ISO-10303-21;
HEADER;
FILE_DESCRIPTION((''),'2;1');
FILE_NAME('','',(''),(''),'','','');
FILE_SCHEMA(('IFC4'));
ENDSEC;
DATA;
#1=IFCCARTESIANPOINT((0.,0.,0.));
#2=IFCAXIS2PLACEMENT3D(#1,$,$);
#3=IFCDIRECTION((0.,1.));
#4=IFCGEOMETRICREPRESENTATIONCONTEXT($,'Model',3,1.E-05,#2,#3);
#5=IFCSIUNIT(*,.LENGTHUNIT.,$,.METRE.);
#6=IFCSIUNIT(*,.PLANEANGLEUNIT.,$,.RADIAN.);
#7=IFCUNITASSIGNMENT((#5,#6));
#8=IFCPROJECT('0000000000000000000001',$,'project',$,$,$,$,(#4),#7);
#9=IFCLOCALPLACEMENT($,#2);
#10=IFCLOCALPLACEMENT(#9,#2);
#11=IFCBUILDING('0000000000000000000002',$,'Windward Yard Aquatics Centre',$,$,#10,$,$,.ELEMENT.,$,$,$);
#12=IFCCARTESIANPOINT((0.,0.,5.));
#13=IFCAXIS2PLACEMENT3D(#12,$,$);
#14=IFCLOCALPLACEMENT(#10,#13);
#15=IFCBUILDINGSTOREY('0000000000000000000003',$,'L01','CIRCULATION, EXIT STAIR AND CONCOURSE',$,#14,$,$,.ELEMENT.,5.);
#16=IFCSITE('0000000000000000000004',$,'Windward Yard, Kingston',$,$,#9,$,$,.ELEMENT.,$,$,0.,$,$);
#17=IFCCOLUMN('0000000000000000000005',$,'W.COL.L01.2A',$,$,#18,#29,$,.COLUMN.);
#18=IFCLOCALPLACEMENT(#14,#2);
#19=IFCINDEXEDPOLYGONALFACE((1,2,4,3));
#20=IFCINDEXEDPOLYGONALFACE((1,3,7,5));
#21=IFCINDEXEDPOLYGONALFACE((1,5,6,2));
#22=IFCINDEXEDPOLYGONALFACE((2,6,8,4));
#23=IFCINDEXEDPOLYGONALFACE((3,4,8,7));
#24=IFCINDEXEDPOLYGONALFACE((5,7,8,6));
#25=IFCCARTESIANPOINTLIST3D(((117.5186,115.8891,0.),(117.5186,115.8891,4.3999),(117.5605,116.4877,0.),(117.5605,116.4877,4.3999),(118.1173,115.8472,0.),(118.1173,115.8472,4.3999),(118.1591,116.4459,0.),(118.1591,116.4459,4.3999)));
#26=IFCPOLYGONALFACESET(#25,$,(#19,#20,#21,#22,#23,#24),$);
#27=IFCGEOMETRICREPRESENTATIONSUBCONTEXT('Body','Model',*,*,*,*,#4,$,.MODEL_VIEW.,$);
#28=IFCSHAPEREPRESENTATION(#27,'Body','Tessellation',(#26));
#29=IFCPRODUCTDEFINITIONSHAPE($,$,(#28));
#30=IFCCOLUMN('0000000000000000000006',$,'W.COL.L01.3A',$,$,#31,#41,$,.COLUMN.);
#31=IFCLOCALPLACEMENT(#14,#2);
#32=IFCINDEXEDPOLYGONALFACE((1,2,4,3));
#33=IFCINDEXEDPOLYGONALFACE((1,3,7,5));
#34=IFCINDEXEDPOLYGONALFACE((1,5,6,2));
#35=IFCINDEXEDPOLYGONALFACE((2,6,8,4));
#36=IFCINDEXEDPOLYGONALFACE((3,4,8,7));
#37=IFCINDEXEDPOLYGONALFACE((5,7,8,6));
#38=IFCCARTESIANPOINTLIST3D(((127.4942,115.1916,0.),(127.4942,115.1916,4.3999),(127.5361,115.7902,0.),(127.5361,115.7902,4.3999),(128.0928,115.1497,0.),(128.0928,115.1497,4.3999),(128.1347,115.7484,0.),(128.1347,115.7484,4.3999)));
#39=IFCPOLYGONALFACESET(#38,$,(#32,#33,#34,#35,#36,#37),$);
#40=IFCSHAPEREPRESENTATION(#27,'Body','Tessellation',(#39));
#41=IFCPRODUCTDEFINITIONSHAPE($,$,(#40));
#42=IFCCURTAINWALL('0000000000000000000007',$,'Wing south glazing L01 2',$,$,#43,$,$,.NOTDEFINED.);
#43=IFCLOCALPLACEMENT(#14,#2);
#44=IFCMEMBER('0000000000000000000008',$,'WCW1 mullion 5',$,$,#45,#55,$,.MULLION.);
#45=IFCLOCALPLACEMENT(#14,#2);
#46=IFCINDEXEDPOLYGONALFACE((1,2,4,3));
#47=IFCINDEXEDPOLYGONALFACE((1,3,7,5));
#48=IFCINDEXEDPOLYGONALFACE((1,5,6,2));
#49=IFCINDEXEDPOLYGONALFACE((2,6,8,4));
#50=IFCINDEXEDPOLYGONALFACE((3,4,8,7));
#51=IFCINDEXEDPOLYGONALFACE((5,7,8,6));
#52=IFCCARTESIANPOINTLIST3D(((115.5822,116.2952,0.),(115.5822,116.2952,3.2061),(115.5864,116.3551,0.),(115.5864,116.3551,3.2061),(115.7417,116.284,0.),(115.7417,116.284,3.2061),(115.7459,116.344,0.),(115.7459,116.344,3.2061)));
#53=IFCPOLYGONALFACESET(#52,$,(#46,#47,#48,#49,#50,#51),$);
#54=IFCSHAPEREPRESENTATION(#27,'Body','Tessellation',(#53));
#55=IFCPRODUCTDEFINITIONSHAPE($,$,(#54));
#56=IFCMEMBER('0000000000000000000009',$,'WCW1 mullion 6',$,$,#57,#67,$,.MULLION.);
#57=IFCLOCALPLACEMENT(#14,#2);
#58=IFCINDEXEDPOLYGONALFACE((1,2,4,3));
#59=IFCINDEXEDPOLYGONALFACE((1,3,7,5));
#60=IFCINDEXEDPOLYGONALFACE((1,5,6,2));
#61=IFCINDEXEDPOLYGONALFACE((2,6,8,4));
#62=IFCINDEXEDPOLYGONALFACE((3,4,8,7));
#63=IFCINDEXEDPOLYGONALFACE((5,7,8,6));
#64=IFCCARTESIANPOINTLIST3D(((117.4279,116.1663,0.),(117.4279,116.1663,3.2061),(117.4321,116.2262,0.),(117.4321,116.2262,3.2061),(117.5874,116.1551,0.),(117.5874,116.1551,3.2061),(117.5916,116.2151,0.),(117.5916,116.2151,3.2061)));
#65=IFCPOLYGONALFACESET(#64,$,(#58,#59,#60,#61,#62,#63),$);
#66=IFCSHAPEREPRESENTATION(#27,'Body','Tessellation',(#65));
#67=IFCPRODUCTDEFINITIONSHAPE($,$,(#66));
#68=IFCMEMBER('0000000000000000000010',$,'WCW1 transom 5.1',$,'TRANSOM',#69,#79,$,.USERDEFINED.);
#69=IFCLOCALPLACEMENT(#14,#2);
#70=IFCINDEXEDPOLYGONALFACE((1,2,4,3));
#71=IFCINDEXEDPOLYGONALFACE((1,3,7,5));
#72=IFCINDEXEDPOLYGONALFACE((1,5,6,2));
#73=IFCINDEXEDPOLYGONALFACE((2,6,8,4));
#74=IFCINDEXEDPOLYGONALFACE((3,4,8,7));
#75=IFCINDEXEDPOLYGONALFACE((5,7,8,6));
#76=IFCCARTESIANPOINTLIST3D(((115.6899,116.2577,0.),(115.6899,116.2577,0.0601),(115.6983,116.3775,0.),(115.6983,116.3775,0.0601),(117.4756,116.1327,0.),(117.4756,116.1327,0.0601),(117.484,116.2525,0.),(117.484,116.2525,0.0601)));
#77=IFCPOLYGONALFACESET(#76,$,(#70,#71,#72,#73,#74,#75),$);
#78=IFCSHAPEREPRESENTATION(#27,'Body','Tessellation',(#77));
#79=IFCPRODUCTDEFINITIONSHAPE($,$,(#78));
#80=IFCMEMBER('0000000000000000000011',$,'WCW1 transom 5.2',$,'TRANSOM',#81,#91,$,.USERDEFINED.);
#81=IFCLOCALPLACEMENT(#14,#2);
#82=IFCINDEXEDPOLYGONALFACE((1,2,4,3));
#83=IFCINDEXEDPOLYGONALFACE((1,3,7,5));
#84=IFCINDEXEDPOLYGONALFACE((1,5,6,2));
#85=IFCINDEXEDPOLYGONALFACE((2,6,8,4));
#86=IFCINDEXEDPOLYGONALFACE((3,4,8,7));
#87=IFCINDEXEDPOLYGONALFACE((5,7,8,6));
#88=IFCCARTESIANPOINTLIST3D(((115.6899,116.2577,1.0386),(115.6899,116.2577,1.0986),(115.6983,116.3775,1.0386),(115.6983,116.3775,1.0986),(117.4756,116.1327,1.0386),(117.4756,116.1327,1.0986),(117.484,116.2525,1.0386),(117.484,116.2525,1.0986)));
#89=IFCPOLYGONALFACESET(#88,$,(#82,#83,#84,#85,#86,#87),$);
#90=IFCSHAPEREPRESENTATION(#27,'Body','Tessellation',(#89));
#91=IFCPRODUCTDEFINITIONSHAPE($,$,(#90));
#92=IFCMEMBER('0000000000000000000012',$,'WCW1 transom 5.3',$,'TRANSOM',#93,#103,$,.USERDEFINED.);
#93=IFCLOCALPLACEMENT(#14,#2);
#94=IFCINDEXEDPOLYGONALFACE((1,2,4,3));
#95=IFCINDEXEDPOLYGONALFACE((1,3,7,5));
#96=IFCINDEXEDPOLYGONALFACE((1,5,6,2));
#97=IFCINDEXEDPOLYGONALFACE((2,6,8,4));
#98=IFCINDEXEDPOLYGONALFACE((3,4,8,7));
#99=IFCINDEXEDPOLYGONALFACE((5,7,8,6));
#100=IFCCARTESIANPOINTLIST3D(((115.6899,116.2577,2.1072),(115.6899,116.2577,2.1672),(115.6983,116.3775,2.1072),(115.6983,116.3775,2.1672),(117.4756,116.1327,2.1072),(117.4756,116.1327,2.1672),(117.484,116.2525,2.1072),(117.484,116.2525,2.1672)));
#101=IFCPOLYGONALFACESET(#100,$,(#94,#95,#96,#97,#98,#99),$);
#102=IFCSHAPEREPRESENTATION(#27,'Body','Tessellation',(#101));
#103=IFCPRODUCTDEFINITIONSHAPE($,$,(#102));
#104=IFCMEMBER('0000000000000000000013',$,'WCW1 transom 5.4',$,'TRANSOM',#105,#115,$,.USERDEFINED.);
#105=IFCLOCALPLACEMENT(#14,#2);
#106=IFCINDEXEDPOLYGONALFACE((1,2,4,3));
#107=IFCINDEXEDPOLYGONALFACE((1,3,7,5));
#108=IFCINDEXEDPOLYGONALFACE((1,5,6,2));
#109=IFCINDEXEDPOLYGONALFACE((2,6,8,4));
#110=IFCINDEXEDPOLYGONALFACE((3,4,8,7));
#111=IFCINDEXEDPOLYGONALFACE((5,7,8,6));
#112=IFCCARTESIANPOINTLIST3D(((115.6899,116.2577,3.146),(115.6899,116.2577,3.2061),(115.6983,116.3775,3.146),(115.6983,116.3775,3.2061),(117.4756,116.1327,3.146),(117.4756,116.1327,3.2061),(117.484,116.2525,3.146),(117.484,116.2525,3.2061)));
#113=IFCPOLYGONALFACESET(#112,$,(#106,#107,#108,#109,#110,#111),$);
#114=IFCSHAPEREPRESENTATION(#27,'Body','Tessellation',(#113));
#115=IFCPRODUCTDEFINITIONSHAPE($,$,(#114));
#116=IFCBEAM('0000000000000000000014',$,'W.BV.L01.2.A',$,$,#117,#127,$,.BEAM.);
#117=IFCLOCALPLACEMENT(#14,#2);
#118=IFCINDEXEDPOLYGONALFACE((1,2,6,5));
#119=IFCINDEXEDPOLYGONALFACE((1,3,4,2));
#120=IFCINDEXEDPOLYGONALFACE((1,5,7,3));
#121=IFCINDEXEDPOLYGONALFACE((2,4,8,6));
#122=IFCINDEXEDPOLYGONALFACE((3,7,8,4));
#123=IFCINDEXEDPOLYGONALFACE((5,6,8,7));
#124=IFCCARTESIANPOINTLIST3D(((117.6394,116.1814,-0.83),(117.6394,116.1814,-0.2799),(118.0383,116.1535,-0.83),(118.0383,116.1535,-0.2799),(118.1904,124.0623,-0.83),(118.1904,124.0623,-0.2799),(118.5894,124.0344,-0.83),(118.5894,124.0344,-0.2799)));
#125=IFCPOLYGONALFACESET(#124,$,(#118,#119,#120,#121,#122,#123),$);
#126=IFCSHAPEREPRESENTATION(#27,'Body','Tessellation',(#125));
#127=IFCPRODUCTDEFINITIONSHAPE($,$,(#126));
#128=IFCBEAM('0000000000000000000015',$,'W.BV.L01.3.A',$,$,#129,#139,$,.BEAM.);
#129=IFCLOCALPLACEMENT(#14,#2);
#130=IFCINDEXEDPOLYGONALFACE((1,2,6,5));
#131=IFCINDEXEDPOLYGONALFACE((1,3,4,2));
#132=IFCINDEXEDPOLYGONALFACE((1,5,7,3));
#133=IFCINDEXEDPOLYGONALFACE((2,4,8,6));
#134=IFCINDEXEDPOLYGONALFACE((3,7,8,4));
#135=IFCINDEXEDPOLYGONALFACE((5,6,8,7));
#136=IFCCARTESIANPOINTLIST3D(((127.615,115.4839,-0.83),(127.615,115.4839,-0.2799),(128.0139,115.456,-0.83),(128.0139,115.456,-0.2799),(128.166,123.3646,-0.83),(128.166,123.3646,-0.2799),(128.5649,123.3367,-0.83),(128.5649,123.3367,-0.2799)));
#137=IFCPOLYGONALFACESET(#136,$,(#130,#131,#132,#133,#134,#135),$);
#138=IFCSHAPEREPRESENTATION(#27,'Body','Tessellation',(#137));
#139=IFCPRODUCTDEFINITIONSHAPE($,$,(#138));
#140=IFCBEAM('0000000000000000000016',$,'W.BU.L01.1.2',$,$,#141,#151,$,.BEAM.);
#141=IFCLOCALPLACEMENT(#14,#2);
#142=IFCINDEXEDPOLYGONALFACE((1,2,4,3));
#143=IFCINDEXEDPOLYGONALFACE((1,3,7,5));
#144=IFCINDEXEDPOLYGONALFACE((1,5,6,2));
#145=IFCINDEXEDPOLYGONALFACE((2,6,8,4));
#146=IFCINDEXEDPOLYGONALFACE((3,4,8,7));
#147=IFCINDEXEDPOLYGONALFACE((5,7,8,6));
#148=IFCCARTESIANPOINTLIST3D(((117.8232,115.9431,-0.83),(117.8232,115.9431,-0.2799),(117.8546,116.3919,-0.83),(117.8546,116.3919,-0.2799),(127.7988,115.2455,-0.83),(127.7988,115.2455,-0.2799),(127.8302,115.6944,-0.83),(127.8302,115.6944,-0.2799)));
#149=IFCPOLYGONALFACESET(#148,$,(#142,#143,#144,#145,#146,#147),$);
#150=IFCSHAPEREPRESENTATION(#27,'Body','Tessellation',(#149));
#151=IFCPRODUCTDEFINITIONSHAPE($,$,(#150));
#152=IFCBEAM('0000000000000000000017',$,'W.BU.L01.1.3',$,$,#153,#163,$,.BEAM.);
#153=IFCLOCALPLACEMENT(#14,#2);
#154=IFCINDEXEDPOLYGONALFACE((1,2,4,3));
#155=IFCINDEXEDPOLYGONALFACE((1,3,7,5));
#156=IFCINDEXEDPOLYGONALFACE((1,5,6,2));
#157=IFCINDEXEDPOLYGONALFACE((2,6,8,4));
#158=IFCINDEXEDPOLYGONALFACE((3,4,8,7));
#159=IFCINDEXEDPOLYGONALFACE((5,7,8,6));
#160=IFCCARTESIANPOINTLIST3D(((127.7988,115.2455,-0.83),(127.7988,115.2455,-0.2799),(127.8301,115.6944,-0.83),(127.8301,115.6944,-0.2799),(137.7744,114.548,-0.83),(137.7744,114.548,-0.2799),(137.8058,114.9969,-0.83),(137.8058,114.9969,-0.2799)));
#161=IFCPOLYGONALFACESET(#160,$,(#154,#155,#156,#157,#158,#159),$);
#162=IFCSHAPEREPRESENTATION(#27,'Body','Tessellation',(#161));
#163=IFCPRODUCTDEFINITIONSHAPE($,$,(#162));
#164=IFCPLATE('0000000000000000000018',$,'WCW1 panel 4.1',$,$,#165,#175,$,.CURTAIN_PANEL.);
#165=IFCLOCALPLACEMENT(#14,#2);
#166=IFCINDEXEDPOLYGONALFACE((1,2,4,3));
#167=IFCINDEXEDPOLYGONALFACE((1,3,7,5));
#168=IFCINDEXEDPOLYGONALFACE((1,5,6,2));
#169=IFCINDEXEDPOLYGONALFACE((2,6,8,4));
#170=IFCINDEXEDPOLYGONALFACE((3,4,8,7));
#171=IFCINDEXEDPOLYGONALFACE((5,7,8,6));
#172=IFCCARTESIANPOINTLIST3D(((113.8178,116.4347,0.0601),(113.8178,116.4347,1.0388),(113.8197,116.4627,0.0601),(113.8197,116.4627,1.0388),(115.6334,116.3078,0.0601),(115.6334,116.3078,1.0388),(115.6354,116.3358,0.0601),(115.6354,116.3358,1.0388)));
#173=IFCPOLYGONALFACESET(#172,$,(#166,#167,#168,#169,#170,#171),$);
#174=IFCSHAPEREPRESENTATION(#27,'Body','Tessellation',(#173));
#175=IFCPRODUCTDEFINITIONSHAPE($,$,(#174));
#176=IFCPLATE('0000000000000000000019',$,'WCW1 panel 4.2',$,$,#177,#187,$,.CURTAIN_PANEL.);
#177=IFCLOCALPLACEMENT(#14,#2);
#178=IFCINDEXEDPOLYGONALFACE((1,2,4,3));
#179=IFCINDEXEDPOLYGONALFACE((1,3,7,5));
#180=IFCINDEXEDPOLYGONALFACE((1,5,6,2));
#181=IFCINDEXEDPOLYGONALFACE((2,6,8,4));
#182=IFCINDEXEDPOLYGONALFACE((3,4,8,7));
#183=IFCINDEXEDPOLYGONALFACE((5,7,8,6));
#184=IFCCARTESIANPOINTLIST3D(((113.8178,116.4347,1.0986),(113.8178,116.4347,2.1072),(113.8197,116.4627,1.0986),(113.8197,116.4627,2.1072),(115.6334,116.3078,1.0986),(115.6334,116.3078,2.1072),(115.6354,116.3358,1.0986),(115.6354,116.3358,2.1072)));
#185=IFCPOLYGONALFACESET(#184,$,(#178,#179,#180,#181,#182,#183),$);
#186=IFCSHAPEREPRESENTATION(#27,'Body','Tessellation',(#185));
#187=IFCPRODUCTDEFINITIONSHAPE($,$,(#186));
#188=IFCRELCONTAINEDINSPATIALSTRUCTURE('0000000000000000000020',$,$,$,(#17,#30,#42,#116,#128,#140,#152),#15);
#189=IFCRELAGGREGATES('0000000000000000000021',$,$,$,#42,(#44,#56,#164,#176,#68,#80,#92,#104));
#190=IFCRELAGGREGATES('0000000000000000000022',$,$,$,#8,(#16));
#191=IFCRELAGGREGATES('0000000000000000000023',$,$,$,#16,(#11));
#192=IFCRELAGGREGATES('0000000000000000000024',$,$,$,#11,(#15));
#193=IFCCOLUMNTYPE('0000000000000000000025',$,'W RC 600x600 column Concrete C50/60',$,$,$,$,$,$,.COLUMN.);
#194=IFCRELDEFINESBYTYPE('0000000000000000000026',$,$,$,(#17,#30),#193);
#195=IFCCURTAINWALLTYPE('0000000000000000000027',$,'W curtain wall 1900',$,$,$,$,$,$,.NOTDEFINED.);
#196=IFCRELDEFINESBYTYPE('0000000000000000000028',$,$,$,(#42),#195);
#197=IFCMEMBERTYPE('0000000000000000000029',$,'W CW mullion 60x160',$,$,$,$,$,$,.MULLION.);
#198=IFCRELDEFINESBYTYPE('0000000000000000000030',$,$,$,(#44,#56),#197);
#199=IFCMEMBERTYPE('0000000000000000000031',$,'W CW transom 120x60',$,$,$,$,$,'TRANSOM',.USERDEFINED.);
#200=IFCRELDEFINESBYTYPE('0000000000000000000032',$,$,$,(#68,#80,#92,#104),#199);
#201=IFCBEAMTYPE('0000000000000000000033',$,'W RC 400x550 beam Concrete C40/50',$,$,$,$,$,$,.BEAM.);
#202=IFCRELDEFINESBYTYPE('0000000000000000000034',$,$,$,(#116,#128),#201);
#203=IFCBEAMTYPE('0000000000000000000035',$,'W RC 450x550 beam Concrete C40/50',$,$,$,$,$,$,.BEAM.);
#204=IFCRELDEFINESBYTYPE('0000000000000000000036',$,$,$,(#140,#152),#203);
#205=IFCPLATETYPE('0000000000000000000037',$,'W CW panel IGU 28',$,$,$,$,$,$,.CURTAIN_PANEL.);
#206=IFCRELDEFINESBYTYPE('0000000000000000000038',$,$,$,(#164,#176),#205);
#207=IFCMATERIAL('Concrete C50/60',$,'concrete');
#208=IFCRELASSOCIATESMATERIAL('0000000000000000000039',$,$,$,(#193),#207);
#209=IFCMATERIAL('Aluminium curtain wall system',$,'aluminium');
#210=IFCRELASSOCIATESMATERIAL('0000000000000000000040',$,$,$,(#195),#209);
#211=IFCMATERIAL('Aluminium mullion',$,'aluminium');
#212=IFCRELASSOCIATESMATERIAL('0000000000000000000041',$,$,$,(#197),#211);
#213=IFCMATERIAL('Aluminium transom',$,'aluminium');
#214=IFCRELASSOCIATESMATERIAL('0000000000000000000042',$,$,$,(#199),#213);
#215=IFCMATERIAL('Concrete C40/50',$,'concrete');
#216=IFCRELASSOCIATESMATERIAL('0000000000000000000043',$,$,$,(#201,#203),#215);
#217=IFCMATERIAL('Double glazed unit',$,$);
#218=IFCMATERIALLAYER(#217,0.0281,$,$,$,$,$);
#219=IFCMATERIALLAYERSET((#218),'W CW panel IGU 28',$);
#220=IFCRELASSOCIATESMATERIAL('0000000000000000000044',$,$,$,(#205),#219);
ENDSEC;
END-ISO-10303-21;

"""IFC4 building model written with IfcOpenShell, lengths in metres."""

from ifc_helpers import new_model, si_unit, direction, frame, origin, origin_2d, place, context, subcontext, project, spatial, rectangle, extrude, material, layer, layer_set, material_profile, profile_set, type_object, element, aggregate, save


model = new_model("IFC4")

# Units and contexts
model_context = context("Model", 3, precision=1e-05, world=origin(), true_north=direction((0.0, 1.0)))
body_context = subcontext(model_context, "Body", "Model", "MODEL_VIEW")
ifc_project = project(units=[si_unit("LENGTHUNIT", "METRE"), si_unit("PLANEANGLEUNIT", "RADIAN")], contexts=[model_context])

# Site, building, storey
site_placement = place(None, origin())
site = spatial("IfcSite", under=ifc_project, at=site_placement, Name="Windward Yard, Kingston", CompositionType="ELEMENT", RefElevation=0.0)
building_placement = place(site_placement, origin())
building = spatial("IfcBuilding", under=site, at=building_placement, Name="Windward Yard Aquatics Centre", CompositionType="ELEMENT")
storey_placement = place(building_placement, frame((0.0, 0.0, 5.0)))
storey = spatial("IfcBuildingStorey", under=building, at=storey_placement, Name="L01", Description="CIRCULATION, EXIT STAIR AND CONCOURSE", CompositionType="ELEMENT", Elevation=5.0)

# Columns
ifc_material_1 = material(Name="Concrete C50/60", Category="concrete")
ifc_material_profile_1 = material_profile(ifc_material_1, rectangle(XDim=0.6001, YDim=0.6001, at=origin_2d()), Name="RC 600x600")
ifc_profile_set_1 = profile_set([ifc_material_profile_1], Name="Concrete C50/60")
column_type = type_object("IfcColumnType", Name="W RC 600x600 column Concrete C50/60", PredefinedType="COLUMN", material=ifc_profile_set_1)
for number, where, z_axis, x_axis, name in (
    (1, (117.8389, 116.1675, 0.0), (0.0, 0.0, 1.0), (0.997564, -0.069756, 0.0), "W.COL.L01.2A"),
    (2, (127.8145, 115.47, 0.0), (0.0, 0.0, 1.0), (0.997564, -0.069756, 0.0), "W.COL.L01.3A"),
):
    element("IfcColumn", number, at=place(storey_placement, frame(where, z_axis=z_axis, x_axis=x_axis)), inside=storey, type_object=column_type, Name=name, PredefinedType="COLUMN", context=body_context, shape_type="SweptSolid", body=[
        extrude(rectangle(XDim=0.6001, YDim=0.6001, at=origin_2d()), origin(), (0.0, 0.0, 1.0), 4.3999),
    ])

# Curtain wall, members
ifc_material_2 = material(Name="Aluminium curtain wall system", Category="aluminium")
curtain_wall_type = type_object("IfcCurtainWallType", Name="W curtain wall 1900", PredefinedType="NOTDEFINED", material=ifc_material_2)
curtain_wall_placement = place(storey_placement, origin())
curtain_wall = element("IfcCurtainWall", 3, at=curtain_wall_placement, inside=storey, type_object=curtain_wall_type, Name="Wing south glazing L01 2", PredefinedType="NOTDEFINED")
ifc_material_3 = material(Name="Aluminium mullion", Category="aluminium")
ifc_material_profile_2 = material_profile(ifc_material_3, rectangle(XDim=0.0601, YDim=0.1599, at=origin_2d()), Name="AL 60x160")
ifc_profile_set_2 = profile_set([ifc_material_profile_2], Name="Aluminium mullion")
member_type_1 = type_object("IfcMemberType", Name="W CW mullion 60x160", PredefinedType="MULLION", material=ifc_profile_set_2)
member_1_placement = place(storey_placement, frame((115.6641, 116.3196, 0.0), z_axis=(0.0, 0.0, 1.0), x_axis=(0.069755, 0.997564, 0.0)))
member_1 = element("IfcMember", 4, at=member_1_placement, type_object=member_type_1, Name="WCW1 mullion 5", PredefinedType="MULLION", context=body_context, shape_type="SweptSolid", body=[
    extrude(rectangle(XDim=0.0601, YDim=0.1599, at=origin_2d()), origin(), (0.0, 0.0, 1.0), 3.2061),
])
member_2_placement = place(storey_placement, frame((117.5098, 116.1907, 0.0), z_axis=(0.0, 0.0, 1.0), x_axis=(0.069755, 0.997564, 0.0)))
member_2 = element("IfcMember", 5, at=member_2_placement, type_object=member_type_1, Name="WCW1 mullion 6", PredefinedType="MULLION", context=body_context, shape_type="SweptSolid", body=[
    extrude(rectangle(XDim=0.0601, YDim=0.1599, at=origin_2d()), origin(), (0.0, 0.0, 1.0), 3.2061),
])
ifc_material_4 = material(Name="Aluminium transom", Category="aluminium")
ifc_material_profile_3 = material_profile(ifc_material_4, rectangle(XDim=0.1201, YDim=0.0601, at=origin_2d()), Name="AL 120x60")
ifc_profile_set_3 = profile_set([ifc_material_profile_3], Name="Aluminium transom")
member_type_2 = type_object("IfcMemberType", Name="W CW transom 120x60", ElementType="TRANSOM", PredefinedType="USERDEFINED", material=ifc_profile_set_3)
member_3_placement = place(storey_placement, frame((115.6941, 116.3176, 0.03), z_axis=(0.997559, -0.069832, 0.0), x_axis=(0.069832, 0.997559, 0.0)))
member_3 = element("IfcMember", 6, at=member_3_placement, type_object=member_type_2, Name="WCW1 transom 5.1", ObjectType="TRANSOM", PredefinedType="USERDEFINED", context=body_context, shape_type="SweptSolid", body=[
    extrude(rectangle(XDim=0.1201, YDim=0.0601, at=origin_2d()), origin(), (0.0, 0.0, 1.0), 1.79),
])
member_4_placement = place(storey_placement, frame((115.6941, 116.3176, 1.0686), z_axis=(0.997559, -0.069832, 0.0), x_axis=(0.069832, 0.997559, 0.0)))
member_4 = element("IfcMember", 7, at=member_4_placement, type_object=member_type_2, Name="WCW1 transom 5.2", ObjectType="TRANSOM", PredefinedType="USERDEFINED", context=body_context, shape_type="SweptSolid", body=[
    extrude(rectangle(XDim=0.1201, YDim=0.0601, at=origin_2d()), origin(), (0.0, 0.0, 1.0), 1.79),
])
member_5_placement = place(storey_placement, frame((115.6941, 116.3176, 2.1372), z_axis=(0.997559, -0.069832, 0.0), x_axis=(0.069832, 0.997559, 0.0)))
member_5 = element("IfcMember", 8, at=member_5_placement, type_object=member_type_2, Name="WCW1 transom 5.3", ObjectType="TRANSOM", PredefinedType="USERDEFINED", context=body_context, shape_type="SweptSolid", body=[
    extrude(rectangle(XDim=0.1201, YDim=0.0601, at=origin_2d()), origin(), (0.0, 0.0, 1.0), 1.79),
])
member_6_placement = place(storey_placement, frame((115.6941, 116.3176, 3.176), z_axis=(0.997559, -0.069832, 0.0), x_axis=(0.069832, 0.997559, 0.0)))
member_6 = element("IfcMember", 9, at=member_6_placement, type_object=member_type_2, Name="WCW1 transom 5.4", ObjectType="TRANSOM", PredefinedType="USERDEFINED", context=body_context, shape_type="SweptSolid", body=[
    extrude(rectangle(XDim=0.1201, YDim=0.0601, at=origin_2d()), origin(), (0.0, 0.0, 1.0), 1.79),
])

# Beams
ifc_material_5 = material(Name="Concrete C40/50", Category="concrete")
ifc_material_profile_4 = material_profile(ifc_material_5, rectangle(XDim=0.3999, YDim=0.55, at=origin_2d()), Name="RC 400x550")
ifc_profile_set_4 = profile_set([ifc_material_profile_4], Name="Concrete C40/50")
beam_type_1 = type_object("IfcBeamType", Name="W RC 400x550 beam Concrete C40/50", PredefinedType="BEAM", material=ifc_profile_set_4)
beam_1_placement = place(storey_placement, frame((117.8389, 116.1675, -0.5549), z_axis=(0.069749, 0.997565, 0.0), x_axis=(-0.997565, 0.069749, 0.0)))
element("IfcBeam", 10, at=beam_1_placement, inside=storey, type_object=beam_type_1, Name="W.BV.L01.2.A", PredefinedType="BEAM", context=body_context, shape_type="SweptSolid", body=[
    extrude(rectangle(XDim=0.3999, YDim=0.55, at=origin_2d()), origin(), (0.0, 0.0, 1.0), 7.9001),
])
beam_2_placement = place(storey_placement, frame((127.8145, 115.47, -0.5549), z_axis=(0.069751, 0.997564, 0.0), x_axis=(-0.997564, 0.069751, 0.0)))
element("IfcBeam", 11, at=beam_2_placement, inside=storey, type_object=beam_type_1, Name="W.BV.L01.3.A", PredefinedType="BEAM", context=body_context, shape_type="SweptSolid", body=[
    extrude(rectangle(XDim=0.3999, YDim=0.55, at=origin_2d()), origin(), (0.0, 0.0, 1.0), 7.8999),
])
ifc_material_profile_5 = material_profile(ifc_material_5, rectangle(XDim=0.45, YDim=0.55, at=origin_2d()), Name="RC 450x550")
ifc_profile_set_5 = profile_set([ifc_material_profile_5], Name="Concrete C40/50")
beam_type_2 = type_object("IfcBeamType", Name="W RC 450x550 beam Concrete C40/50", PredefinedType="BEAM", material=ifc_profile_set_5)
for number, where, z_axis, x_axis, name in (
    (12, (117.8389, 116.1675, -0.5549), (0.997564, -0.069751, 0.0), (0.069751, 0.997564, 0.0), "W.BU.L01.1.2"),
    (13, (127.8145, 115.47, -0.5549), (0.997564, -0.069751, 0.0), (0.069751, 0.997564, 0.0), "W.BU.L01.1.3"),
):
    element("IfcBeam", number, at=place(storey_placement, frame(where, z_axis=z_axis, x_axis=x_axis)), inside=storey, type_object=beam_type_2, Name=name, PredefinedType="BEAM", context=body_context, shape_type="SweptSolid", body=[
        extrude(rectangle(XDim=0.45, YDim=0.55, at=origin_2d()), origin(), (0.0, 0.0, 1.0), 10.0),
    ])

# Plates
ifc_material_6 = material(Name="Double glazed unit")
ifc_layer_1 = layer(ifc_material_6, 0.0281)
ifc_layer_set_1 = layer_set([ifc_layer_1], Name="W CW panel IGU 28")
plate_type = type_object("IfcPlateType", Name="W CW panel IGU 28", PredefinedType="CURTAIN_PANEL", material=ifc_layer_set_1)
plate_1_placement = place(storey_placement, frame((114.7266, 116.3853, 0.0601), z_axis=(0.0, 0.0, 1.0), x_axis=(0.997564, -0.069755, 0.0)))
plate_1 = element("IfcPlate", 14, at=plate_1_placement, type_object=plate_type, Name="WCW1 panel 4.1", PredefinedType="CURTAIN_PANEL", context=body_context, shape_type="SweptSolid", body=[
    extrude(rectangle(XDim=1.8201, YDim=0.0281, at=origin_2d()), origin(), (0.0, 0.0, 1.0), 0.9788),
])
plate_2_placement = place(storey_placement, frame((114.7266, 116.3853, 1.0986), z_axis=(0.0, 0.0, 1.0), x_axis=(0.997564, -0.069755, 0.0)))
plate_2 = element("IfcPlate", 15, at=plate_2_placement, type_object=plate_type, Name="WCW1 panel 4.2", PredefinedType="CURTAIN_PANEL", context=body_context, shape_type="SweptSolid", body=[
    extrude(rectangle(XDim=1.8201, YDim=0.0281, at=origin_2d()), origin(), (0.0, 0.0, 1.0), 1.0085),
])
aggregate(curtain_wall, [member_1, member_2, plate_1, plate_2, member_3, member_4, member_5, member_6])

save(model, "model.ifc")
